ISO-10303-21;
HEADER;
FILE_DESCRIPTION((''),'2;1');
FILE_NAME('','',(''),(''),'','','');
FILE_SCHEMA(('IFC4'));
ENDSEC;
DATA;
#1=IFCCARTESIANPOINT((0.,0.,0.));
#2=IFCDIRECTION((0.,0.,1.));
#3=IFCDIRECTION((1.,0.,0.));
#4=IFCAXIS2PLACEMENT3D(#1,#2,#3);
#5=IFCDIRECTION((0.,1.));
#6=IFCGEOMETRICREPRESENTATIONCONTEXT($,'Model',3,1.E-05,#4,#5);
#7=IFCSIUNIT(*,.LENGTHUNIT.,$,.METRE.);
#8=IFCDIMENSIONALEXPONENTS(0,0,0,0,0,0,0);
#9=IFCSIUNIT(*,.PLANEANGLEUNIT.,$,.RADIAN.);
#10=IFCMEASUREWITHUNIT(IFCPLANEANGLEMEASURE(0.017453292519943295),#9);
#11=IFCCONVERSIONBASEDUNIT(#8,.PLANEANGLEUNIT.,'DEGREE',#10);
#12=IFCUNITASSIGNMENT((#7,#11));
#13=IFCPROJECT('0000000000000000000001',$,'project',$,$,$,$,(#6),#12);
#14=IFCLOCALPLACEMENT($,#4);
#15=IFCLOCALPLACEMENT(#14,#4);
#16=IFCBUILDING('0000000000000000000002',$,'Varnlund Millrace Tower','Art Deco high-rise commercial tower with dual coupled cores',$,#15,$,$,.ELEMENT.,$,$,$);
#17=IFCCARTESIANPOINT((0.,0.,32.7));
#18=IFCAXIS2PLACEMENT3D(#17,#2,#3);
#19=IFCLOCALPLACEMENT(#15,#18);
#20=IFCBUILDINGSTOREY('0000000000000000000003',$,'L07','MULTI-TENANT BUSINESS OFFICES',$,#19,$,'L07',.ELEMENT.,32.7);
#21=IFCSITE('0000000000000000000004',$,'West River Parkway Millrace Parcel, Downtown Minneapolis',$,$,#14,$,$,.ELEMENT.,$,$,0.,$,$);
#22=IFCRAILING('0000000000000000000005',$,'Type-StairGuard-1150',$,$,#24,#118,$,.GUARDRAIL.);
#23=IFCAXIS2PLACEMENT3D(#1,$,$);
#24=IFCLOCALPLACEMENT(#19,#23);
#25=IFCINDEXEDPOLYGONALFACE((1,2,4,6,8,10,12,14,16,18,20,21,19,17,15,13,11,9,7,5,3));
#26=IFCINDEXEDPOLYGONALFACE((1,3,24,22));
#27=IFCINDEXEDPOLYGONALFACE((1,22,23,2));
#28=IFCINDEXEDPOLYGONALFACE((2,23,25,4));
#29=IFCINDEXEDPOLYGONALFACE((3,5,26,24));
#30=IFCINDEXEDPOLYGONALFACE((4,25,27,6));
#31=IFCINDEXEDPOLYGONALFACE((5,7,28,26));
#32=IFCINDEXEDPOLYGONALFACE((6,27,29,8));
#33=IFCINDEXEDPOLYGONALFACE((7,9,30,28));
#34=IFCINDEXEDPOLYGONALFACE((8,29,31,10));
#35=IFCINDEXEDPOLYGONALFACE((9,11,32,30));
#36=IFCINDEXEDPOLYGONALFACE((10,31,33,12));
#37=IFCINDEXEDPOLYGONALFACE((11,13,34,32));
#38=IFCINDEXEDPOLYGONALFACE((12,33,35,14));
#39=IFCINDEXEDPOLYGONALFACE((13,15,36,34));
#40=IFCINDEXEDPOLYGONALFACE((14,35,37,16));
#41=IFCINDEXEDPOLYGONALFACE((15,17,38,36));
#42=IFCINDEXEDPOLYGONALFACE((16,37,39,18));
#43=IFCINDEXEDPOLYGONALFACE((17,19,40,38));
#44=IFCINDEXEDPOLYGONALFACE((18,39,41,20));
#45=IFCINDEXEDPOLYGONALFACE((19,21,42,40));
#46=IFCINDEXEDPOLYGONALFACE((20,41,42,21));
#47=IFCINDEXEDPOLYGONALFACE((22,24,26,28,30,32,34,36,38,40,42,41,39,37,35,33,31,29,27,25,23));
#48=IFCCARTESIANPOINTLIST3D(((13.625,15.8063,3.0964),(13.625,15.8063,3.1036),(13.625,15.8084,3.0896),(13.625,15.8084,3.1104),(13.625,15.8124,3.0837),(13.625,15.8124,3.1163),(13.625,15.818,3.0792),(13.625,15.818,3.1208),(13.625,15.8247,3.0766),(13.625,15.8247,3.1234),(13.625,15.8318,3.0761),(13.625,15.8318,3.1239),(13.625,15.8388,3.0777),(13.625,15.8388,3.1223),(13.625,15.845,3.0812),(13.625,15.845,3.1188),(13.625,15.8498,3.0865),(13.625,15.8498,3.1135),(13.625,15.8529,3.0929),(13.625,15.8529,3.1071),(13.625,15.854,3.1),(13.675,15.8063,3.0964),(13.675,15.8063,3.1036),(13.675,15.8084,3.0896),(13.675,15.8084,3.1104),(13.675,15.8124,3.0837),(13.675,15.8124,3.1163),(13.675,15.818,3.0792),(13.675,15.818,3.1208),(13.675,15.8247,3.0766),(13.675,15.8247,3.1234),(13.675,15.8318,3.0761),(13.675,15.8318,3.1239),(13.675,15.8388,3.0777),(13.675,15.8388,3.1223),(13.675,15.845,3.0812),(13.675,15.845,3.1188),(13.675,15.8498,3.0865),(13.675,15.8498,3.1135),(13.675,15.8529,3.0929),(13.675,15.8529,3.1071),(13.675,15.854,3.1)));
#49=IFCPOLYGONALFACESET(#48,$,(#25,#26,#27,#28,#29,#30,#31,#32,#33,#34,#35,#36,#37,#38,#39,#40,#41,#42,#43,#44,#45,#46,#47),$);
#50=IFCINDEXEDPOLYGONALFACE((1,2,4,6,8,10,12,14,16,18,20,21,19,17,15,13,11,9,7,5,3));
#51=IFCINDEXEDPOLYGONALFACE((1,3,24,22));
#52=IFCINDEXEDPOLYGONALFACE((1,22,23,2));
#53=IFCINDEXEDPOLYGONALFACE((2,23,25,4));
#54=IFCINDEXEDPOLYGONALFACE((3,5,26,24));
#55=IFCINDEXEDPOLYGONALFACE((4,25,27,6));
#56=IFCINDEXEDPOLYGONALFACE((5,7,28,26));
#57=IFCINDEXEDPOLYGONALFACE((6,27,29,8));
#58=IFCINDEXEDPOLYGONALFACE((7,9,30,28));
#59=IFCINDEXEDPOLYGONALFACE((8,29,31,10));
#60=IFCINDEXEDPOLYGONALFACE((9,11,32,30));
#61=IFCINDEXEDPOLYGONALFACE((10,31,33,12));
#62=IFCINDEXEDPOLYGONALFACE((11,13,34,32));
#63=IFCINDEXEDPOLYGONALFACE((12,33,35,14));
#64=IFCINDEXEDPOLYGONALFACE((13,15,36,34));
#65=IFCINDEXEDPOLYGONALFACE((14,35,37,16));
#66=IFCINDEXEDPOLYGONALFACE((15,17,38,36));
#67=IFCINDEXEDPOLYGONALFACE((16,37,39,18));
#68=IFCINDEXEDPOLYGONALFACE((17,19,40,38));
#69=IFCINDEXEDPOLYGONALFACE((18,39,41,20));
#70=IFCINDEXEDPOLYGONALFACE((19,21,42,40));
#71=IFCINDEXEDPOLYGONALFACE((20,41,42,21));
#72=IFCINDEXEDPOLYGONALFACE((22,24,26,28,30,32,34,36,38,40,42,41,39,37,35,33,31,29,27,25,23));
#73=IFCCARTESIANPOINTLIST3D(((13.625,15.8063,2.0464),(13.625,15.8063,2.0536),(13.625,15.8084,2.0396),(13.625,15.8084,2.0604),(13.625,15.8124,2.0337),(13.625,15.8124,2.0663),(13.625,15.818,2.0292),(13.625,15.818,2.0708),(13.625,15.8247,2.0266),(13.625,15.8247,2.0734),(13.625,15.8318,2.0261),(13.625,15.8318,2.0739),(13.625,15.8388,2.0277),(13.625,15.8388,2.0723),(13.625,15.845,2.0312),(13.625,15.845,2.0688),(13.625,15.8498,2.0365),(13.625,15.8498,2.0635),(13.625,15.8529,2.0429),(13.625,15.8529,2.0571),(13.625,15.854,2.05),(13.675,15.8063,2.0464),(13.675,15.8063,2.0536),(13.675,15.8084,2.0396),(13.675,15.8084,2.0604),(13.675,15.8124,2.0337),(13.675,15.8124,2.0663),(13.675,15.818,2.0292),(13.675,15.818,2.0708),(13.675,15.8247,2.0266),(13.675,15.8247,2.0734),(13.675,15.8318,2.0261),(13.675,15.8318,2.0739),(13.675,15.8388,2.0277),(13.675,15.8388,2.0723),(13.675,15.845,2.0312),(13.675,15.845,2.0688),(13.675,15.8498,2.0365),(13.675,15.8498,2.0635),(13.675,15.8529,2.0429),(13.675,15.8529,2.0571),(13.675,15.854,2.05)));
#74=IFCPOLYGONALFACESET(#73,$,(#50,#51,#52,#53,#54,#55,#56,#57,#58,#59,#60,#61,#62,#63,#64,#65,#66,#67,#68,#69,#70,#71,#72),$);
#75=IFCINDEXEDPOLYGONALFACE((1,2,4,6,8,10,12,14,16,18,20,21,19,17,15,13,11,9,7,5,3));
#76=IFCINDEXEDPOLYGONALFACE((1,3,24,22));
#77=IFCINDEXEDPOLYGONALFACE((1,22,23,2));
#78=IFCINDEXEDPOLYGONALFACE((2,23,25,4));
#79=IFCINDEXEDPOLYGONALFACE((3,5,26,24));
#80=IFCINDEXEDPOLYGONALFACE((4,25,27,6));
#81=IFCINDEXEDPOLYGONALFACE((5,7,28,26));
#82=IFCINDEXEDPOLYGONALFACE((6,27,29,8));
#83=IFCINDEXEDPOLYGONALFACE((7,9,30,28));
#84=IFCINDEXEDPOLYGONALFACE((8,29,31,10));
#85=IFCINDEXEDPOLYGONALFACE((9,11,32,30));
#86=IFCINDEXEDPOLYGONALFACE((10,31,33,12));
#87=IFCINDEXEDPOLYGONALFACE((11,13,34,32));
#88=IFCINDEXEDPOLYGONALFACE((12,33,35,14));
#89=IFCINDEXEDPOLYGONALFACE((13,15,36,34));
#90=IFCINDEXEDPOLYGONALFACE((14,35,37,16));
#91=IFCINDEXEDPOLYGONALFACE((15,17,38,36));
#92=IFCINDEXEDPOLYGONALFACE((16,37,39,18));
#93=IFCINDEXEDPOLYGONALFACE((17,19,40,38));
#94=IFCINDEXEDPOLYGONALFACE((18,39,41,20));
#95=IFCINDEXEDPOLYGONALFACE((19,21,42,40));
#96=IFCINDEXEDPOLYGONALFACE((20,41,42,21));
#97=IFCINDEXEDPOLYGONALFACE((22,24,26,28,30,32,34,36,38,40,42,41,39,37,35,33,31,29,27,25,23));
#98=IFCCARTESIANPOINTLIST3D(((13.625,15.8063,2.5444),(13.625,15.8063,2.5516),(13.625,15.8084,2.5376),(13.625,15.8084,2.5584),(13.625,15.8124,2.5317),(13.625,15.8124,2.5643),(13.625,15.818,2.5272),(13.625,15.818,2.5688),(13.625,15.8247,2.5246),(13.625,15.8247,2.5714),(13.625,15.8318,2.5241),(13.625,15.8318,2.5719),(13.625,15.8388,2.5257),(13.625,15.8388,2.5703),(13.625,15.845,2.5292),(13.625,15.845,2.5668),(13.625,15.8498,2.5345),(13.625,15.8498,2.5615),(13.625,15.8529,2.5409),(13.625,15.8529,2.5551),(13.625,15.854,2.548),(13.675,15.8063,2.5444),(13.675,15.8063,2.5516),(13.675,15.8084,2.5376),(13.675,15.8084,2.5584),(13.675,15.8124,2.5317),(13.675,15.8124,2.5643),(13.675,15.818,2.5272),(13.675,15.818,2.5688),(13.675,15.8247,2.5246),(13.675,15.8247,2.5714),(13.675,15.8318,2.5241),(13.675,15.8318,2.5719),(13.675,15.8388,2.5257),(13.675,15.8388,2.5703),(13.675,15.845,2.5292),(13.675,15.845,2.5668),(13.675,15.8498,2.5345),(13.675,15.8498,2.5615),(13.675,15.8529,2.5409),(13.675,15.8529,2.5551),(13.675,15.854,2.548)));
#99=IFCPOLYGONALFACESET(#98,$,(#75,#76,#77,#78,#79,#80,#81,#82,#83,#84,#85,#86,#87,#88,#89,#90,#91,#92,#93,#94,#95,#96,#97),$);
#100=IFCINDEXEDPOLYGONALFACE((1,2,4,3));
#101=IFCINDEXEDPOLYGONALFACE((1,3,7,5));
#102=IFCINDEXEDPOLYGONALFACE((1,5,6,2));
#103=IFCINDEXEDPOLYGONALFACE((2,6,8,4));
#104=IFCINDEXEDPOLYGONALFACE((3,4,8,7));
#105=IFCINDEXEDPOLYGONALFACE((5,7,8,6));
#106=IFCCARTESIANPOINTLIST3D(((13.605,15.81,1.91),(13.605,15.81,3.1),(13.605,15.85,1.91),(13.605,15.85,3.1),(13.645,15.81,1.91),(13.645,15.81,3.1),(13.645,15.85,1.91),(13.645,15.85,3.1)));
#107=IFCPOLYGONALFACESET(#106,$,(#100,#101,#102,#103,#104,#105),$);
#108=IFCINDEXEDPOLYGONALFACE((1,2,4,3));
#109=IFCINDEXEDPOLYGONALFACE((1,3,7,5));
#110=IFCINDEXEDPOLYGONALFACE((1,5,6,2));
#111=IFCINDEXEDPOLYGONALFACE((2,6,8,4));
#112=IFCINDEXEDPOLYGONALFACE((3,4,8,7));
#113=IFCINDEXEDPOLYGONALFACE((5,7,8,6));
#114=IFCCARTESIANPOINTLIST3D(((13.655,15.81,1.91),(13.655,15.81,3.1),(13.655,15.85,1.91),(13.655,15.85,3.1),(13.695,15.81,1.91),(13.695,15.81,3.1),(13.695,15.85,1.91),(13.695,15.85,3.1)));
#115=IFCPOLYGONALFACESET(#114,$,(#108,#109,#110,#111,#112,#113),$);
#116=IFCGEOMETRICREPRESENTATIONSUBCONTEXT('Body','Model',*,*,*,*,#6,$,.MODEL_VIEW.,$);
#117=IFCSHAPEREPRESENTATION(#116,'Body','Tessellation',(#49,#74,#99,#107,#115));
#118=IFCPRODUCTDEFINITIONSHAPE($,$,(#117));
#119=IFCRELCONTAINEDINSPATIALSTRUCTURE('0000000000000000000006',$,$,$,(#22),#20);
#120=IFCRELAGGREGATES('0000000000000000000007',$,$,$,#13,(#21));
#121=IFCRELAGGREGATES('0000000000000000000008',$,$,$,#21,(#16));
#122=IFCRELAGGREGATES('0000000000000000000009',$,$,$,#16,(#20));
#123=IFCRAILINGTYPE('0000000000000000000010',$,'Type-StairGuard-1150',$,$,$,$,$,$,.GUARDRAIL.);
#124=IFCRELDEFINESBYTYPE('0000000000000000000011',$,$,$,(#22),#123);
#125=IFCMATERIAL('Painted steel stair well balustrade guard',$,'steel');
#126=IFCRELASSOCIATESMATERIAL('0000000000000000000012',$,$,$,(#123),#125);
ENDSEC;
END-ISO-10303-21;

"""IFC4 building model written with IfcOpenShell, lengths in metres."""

from ifc_helpers import new_model, entity, si_unit, converted_unit, direction, frame, origin_with_axes, origin_2d_with_axis, place, context, subcontext, project, spatial, rectangle, circle, extrude, material, type_object, element, save


model = new_model("IFC4")

# Units and contexts
model_context = context("Model", 3, precision=1e-05, world=origin_with_axes(), true_north=direction((0.0, 1.0)))
body_context = subcontext(model_context, "Body", "Model", "MODEL_VIEW")
ifc_project = project(units=[si_unit("LENGTHUNIT", "METRE"), converted_unit("PLANEANGLEUNIT", "DEGREE", entity("IfcPlaneAngleMeasure", 0.017453292519943295), si_unit("PLANEANGLEUNIT", "RADIAN"), dimensions=[0, 0, 0, 0, 0, 0, 0])], contexts=[model_context])

# Site, building, storey
site_placement = place(None, origin_with_axes())
site = spatial("IfcSite", under=ifc_project, at=site_placement, Name="West River Parkway Millrace Parcel, Downtown Minneapolis", CompositionType="ELEMENT", RefElevation=0.0)
building_placement = place(site_placement, origin_with_axes())
building = spatial("IfcBuilding", under=site, at=building_placement, Name="Varnlund Millrace Tower", Description="Art Deco high-rise commercial tower with dual coupled cores", CompositionType="ELEMENT")
storey_placement = place(building_placement, frame((0.0, 0.0, 32.7), z_axis=(0.0, 0.0, 1.0), x_axis=(1.0, 0.0, 0.0)))
storey = spatial("IfcBuildingStorey", under=building, at=storey_placement, Name="L07", Description="MULTI-TENANT BUSINESS OFFICES", LongName="L07", CompositionType="ELEMENT", Elevation=32.7)

# Railing
ifc_material_1 = material(Name="Painted steel stair well balustrade guard", Category="steel")
railing_type_1 = type_object("IfcRailingType", Name="Type-StairGuard-1150", PredefinedType="GUARDRAIL", material=ifc_material_1)
railing_1_placement = place(storey_placement, frame((0.0, 0.0, -32.7), z_axis=(0.0, 0.0, 1.0), x_axis=(1.0, 0.0, 0.0)))
element("IfcRailing", 1, at=railing_1_placement, inside=storey, type_object=railing_type_1, Name="Type-StairGuard-1150", PredefinedType="GUARDRAIL", context=body_context, shape_type="SweptSolid", body=[
    extrude(circle(Radius=0.024, at=origin_2d_with_axis()), frame((13.625, 15.83, 35.8), z_axis=(1.0, 0.0, 0.0), x_axis=(0.0, 1.0, 0.0)), (0.0, 0.0, 1.0), 0.05),
    extrude(circle(Radius=0.024, at=origin_2d_with_axis()), frame((13.625, 15.83, 34.75), z_axis=(1.0, 0.0, 0.0), x_axis=(0.0, 1.0, 0.0)), (0.0, 0.0, 1.0), 0.05),
    extrude(circle(Radius=0.024, at=origin_2d_with_axis()), frame((13.625, 15.83, 35.248), z_axis=(1.0, 0.0, 0.0), x_axis=(0.0, 1.0, 0.0)), (0.0, 0.0, 1.0), 0.05),
    extrude(rectangle(XDim=0.04, YDim=0.04, at=origin_2d_with_axis()), frame((13.625, 15.83, 34.61), z_axis=(0.0, 0.0, 1.0), x_axis=(1.0, 0.0, 0.0)), (0.0, 0.0, 1.0), 1.19),
    extrude(rectangle(XDim=0.04, YDim=0.04, at=origin_2d_with_axis()), frame((13.675, 15.83, 34.61), z_axis=(0.0, 0.0, 1.0), x_axis=(1.0, 0.0, 0.0)), (0.0, 0.0, 1.0), 1.19),
])

save(model, "model.ifc")
